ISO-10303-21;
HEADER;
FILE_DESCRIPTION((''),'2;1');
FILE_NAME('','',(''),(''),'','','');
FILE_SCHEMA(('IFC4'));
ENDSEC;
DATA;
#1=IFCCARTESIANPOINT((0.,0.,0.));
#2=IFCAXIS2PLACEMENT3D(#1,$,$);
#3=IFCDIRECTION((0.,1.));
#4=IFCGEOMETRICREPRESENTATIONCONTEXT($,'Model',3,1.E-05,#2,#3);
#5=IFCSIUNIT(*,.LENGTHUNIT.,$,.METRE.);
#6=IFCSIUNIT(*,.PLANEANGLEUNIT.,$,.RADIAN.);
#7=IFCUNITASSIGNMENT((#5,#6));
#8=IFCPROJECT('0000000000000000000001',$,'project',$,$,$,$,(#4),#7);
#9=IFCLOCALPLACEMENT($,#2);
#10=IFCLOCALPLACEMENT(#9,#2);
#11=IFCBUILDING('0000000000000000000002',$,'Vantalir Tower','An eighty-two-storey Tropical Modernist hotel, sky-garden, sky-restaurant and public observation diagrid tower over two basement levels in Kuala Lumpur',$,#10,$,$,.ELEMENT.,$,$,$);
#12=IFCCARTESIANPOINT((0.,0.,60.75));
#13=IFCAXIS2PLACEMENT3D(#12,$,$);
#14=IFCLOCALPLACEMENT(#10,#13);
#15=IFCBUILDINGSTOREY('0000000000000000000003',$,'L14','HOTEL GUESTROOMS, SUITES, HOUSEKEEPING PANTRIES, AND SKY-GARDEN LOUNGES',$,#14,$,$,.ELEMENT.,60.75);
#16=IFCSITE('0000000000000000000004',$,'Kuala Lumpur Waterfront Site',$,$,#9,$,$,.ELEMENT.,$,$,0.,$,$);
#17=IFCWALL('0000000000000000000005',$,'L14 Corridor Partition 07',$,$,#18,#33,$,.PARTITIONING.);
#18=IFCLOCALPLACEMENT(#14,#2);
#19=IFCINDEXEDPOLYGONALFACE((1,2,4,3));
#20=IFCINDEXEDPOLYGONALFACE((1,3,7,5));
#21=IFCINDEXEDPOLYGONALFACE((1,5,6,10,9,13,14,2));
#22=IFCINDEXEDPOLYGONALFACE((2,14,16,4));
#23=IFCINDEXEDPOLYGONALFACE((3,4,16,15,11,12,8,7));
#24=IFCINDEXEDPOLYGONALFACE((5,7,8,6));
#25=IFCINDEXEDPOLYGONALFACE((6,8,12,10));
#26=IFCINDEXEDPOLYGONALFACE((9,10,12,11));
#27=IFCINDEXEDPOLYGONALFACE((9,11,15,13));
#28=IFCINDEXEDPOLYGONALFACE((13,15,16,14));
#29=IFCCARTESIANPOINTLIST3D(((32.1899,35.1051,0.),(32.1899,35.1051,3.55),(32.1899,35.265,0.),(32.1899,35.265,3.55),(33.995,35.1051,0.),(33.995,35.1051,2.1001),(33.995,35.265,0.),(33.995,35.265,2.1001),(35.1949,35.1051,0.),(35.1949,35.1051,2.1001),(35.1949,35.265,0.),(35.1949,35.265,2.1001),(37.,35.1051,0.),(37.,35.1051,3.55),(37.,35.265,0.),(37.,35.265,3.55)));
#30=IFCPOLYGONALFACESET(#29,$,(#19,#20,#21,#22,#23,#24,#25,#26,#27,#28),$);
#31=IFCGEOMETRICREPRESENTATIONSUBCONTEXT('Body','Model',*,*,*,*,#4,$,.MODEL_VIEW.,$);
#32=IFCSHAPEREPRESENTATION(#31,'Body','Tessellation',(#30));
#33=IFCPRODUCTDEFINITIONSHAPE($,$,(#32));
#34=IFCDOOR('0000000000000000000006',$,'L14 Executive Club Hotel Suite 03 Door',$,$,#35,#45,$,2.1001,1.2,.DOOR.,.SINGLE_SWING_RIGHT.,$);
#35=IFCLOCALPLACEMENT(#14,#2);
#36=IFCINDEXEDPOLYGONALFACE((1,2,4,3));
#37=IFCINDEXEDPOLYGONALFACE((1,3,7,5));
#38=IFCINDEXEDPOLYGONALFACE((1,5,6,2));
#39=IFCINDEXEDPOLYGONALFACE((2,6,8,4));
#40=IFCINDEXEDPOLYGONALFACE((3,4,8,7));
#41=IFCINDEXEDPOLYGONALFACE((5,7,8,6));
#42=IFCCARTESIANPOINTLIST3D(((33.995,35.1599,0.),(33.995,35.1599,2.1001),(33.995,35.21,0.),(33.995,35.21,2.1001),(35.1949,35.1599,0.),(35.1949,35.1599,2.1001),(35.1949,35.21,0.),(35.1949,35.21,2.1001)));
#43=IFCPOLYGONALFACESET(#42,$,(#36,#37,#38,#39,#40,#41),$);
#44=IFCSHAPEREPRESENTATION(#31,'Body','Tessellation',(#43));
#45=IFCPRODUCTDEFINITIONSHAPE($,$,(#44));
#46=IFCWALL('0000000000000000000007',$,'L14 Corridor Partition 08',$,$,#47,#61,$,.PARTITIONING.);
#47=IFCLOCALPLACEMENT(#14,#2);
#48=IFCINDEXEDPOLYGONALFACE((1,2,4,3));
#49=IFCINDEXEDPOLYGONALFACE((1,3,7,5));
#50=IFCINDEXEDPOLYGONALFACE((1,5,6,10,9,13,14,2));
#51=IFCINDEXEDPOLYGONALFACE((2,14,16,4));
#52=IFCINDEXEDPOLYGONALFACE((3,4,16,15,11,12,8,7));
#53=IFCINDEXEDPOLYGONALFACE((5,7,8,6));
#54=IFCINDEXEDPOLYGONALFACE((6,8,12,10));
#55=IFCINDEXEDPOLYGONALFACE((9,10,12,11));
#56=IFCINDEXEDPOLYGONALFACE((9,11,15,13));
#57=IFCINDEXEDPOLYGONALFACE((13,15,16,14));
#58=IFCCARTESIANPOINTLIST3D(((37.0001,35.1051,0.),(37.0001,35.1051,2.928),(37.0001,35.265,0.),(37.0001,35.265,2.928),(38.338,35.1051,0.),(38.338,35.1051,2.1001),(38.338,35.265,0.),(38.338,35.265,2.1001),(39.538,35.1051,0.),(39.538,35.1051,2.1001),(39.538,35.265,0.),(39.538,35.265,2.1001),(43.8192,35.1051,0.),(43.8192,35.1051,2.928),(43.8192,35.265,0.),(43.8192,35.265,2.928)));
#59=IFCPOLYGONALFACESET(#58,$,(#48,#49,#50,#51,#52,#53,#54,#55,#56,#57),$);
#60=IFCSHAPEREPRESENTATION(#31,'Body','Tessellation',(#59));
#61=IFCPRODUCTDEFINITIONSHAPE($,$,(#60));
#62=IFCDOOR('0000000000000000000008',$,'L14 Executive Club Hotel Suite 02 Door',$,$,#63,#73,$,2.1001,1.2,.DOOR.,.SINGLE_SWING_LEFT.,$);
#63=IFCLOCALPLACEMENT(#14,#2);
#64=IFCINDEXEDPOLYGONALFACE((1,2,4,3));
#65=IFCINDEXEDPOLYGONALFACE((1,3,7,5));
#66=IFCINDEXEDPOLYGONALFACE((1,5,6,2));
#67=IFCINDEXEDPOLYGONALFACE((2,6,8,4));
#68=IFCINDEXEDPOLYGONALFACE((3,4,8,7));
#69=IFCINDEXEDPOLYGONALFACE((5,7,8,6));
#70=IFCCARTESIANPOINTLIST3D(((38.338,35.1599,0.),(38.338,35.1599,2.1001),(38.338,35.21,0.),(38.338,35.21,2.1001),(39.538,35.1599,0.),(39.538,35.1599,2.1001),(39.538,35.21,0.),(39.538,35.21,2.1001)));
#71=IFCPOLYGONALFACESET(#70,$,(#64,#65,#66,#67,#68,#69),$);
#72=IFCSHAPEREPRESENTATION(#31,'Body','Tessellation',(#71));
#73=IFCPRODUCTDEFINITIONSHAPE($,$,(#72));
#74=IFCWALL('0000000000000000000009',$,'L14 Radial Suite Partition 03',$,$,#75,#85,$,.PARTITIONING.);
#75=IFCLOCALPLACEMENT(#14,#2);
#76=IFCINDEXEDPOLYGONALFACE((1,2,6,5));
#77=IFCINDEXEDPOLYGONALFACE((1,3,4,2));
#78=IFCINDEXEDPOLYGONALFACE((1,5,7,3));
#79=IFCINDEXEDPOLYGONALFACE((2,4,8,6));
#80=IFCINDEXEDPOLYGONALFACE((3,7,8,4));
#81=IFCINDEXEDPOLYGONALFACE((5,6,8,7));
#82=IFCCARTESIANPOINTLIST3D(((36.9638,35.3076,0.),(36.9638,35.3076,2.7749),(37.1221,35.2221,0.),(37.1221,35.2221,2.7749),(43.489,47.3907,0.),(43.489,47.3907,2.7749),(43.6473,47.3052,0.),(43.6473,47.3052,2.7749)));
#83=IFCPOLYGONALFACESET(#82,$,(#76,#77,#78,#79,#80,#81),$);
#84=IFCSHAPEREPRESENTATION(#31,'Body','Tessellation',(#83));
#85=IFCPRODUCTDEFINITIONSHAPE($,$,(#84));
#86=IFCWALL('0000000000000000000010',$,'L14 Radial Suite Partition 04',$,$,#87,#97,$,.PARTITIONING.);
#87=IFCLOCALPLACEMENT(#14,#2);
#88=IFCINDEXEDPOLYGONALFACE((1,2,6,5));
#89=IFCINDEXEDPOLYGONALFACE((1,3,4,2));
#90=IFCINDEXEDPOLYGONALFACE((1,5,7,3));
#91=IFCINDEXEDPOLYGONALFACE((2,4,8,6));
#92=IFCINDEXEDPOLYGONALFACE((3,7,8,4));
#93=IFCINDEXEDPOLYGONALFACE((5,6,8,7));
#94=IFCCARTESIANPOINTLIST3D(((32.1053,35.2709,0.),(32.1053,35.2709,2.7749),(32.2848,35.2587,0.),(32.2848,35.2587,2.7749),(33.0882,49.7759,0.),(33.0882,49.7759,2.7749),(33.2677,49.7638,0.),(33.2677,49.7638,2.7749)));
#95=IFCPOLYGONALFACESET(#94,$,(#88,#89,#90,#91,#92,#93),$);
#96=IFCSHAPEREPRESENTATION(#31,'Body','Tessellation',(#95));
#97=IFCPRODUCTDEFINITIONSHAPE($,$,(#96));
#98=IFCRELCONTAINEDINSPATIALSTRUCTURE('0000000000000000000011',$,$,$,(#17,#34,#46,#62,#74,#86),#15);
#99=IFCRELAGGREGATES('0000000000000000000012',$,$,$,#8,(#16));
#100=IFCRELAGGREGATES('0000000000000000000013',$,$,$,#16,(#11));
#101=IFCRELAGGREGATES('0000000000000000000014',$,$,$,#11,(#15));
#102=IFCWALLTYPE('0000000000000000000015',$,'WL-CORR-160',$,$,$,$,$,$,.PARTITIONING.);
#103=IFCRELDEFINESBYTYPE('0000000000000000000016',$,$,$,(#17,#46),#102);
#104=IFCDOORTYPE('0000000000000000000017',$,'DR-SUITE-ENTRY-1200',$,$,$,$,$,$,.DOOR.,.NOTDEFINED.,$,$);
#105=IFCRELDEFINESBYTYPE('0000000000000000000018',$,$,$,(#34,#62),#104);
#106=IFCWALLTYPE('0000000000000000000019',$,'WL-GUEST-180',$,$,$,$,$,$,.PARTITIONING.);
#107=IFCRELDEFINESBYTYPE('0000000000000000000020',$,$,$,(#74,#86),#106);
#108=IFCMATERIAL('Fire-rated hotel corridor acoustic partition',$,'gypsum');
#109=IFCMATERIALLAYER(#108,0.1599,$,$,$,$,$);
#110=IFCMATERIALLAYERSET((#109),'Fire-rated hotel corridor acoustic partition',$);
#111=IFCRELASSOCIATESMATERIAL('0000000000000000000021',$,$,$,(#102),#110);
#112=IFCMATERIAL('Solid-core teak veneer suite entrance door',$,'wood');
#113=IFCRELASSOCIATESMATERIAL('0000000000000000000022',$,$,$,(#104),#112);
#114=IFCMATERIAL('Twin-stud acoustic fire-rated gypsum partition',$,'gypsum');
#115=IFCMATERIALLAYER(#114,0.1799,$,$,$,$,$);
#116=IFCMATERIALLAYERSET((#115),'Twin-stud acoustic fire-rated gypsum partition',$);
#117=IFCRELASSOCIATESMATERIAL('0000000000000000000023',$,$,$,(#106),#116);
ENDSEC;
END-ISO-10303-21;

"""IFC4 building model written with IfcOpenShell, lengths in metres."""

from ifc_helpers import new_model, si_unit, direction, frame, frame_2d, origin, place, context, subcontext, project, spatial, rectangle, extrude, material, layer, layer_set, type_object, element, fill, save


model = new_model("IFC4")

# Units and contexts
model_context = context("Model", 3, precision=1e-05, world=origin(), true_north=direction((0.0, 1.0)))
body_context = subcontext(model_context, "Body", "Model", "MODEL_VIEW")
ifc_project = project(units=[si_unit("LENGTHUNIT", "METRE"), si_unit("PLANEANGLEUNIT", "RADIAN")], contexts=[model_context])

# Site, building, storey
site_placement = place(None, origin())
site = spatial("IfcSite", under=ifc_project, at=site_placement, Name="Kuala Lumpur Waterfront Site", CompositionType="ELEMENT", RefElevation=0.0)
building_placement = place(site_placement, origin())
building = spatial("IfcBuilding", under=site, at=building_placement, Name="Vantalir Tower", Description="An eighty-two-storey Tropical Modernist hotel, sky-garden, sky-restaurant and public observation diagrid tower over two basement levels in Kuala Lumpur", CompositionType="ELEMENT")
storey_placement = place(building_placement, frame((0.0, 0.0, 60.75)))
storey = spatial("IfcBuildingStorey", under=building, at=storey_placement, Name="L14", Description="HOTEL GUESTROOMS, SUITES, HOUSEKEEPING PANTRIES, AND SKY-GARDEN LOUNGES", CompositionType="ELEMENT", Elevation=60.75)

# Walls, openings, doors
ifc_material_1 = material(Name="Fire-rated hotel corridor acoustic partition", Category="gypsum")
ifc_layer_1 = layer(ifc_material_1, 0.1599)
ifc_layer_set_1 = layer_set([ifc_layer_1], Name="Fire-rated hotel corridor acoustic partition")
wall_type_1 = type_object("IfcWallType", Name="WL-CORR-160", PredefinedType="PARTITIONING", material=ifc_layer_set_1)
wall_1_placement = place(storey_placement, frame((32.1899, 35.1851, 0.0), z_axis=(0.0, 0.0, 1.0), x_axis=(1.0, 0.0, 0.0)))
wall_1 = element("IfcWall", 1, at=wall_1_placement, inside=storey, type_object=wall_type_1, Name="L14 Corridor Partition 07", PredefinedType="PARTITIONING", context=body_context, shape_type="SweptSolid", body=[
    extrude(rectangle(XDim=4.8101, YDim=0.1599, at=frame_2d((2.405, 0.0))), origin(), (0.0, 0.0, 1.0), 3.55),
])
opening_1_placement = place(wall_1_placement, frame((1.8049, 0.0, 0.0)))
opening_1 = element("IfcOpeningElement", 2, at=opening_1_placement, cuts=wall_1, PredefinedType="OPENING", context=body_context, shape_type="SweptSolid", body=[
    extrude(rectangle(XDim=1.2, YDim=2.1001, at=frame_2d((0.6001, 1.05))), frame((0.0, 0.0898, 0.0), z_axis=(0.0, -1.0, 0.0), x_axis=(1.0, 0.0, 0.0)), (0.0, 0.0, 1.0), 0.1799),
])
ifc_material_2 = material(Name="Solid-core teak veneer suite entrance door", Category="wood")
door_type_1 = type_object("IfcDoorType", Name="DR-SUITE-ENTRY-1200", OperationType="NOTDEFINED", PredefinedType="DOOR", material=ifc_material_2)
door_1_placement = place(opening_1_placement, origin())
door_1 = element("IfcDoor", 3, at=door_1_placement, inside=storey, type_object=door_type_1, Name="L14 Executive Club Hotel Suite 03 Door", OperationType="SINGLE_SWING_RIGHT", OverallHeight=2.1001, OverallWidth=1.2, PredefinedType="DOOR", context=body_context, shape_type="SweptSolid", body=[
    extrude(rectangle(XDim=1.2, YDim=2.1001, at=frame_2d((0.6001, 1.05))), frame((0.0, 0.0249, 0.0), z_axis=(0.0, -1.0, 0.0), x_axis=(1.0, 0.0, 0.0)), (0.0, 0.0, 1.0), 0.05),
])
fill(opening_1, door_1)
wall_2_placement = place(storey_placement, frame((37.0, 35.1851, 0.0), z_axis=(0.0, 0.0, 1.0), x_axis=(1.0, 0.0, 0.0)))
wall_2 = element("IfcWall", 4, at=wall_2_placement, inside=storey, type_object=wall_type_1, Name="L14 Corridor Partition 08", PredefinedType="PARTITIONING", context=body_context, shape_type="SweptSolid", body=[
    extrude(rectangle(XDim=6.8191, YDim=0.1599, at=frame_2d((3.4097, 0.0))), origin(), (0.0, 0.0, 1.0), 2.928),
])
opening_2_placement = place(wall_2_placement, frame((1.3379, 0.0, 0.0)))
opening_2 = element("IfcOpeningElement", 5, at=opening_2_placement, cuts=wall_2, PredefinedType="OPENING", context=body_context, shape_type="SweptSolid", body=[
    extrude(rectangle(XDim=1.2, YDim=2.1001, at=frame_2d((0.6001, 1.05))), frame((0.0, 0.0898, 0.0), z_axis=(0.0, -1.0, 0.0), x_axis=(1.0, 0.0, 0.0)), (0.0, 0.0, 1.0), 0.1799),
])
door_2_placement = place(opening_2_placement, origin())
door_2 = element("IfcDoor", 6, at=door_2_placement, inside=storey, type_object=door_type_1, Name="L14 Executive Club Hotel Suite 02 Door", OperationType="SINGLE_SWING_LEFT", OverallHeight=2.1001, OverallWidth=1.2, PredefinedType="DOOR", context=body_context, shape_type="SweptSolid", body=[
    extrude(rectangle(XDim=1.2, YDim=2.1001, at=frame_2d((0.6001, 1.05))), frame((0.0, 0.0249, 0.0), z_axis=(0.0, -1.0, 0.0), x_axis=(1.0, 0.0, 0.0)), (0.0, 0.0, 1.0), 0.05),
])
fill(opening_2, door_2)

# Walls
ifc_material_3 = material(Name="Twin-stud acoustic fire-rated gypsum partition", Category="gypsum")
ifc_layer_2 = layer(ifc_material_3, 0.1799)
ifc_layer_set_2 = layer_set([ifc_layer_2], Name="Twin-stud acoustic fire-rated gypsum partition")
wall_type_2 = type_object("IfcWallType", Name="WL-GUEST-180", PredefinedType="PARTITIONING", material=ifc_layer_set_2)
wall_3_placement = place(storey_placement, frame((37.043, 35.2649, 0.0), z_axis=(0.0, 0.0, 1.0), x_axis=(0.475167, 0.879896, 0.0)))
element("IfcWall", 7, at=wall_3_placement, inside=storey, type_object=wall_type_2, Name="L14 Radial Suite Partition 03", PredefinedType="PARTITIONING", context=body_context, shape_type="SweptSolid", body=[
    extrude(rectangle(XDim=13.7324, YDim=0.1799, at=frame_2d((6.8662, 0.0))), origin(), (0.0, 0.0, 1.0), 2.7749),
])
wall_4_placement = place(storey_placement, frame((32.1951, 35.2649, 0.0), z_axis=(0.0, 0.0, 1.0), x_axis=(0.067608, 0.997712, 0.0)))
element("IfcWall", 8, at=wall_4_placement, inside=storey, type_object=wall_type_2, Name="L14 Radial Suite Partition 04", PredefinedType="PARTITIONING", context=body_context, shape_type="SweptSolid", body=[
    extrude(rectangle(XDim=14.5383, YDim=0.1799, at=frame_2d((7.269, 0.0))), origin(), (0.0, 0.0, 1.0), 2.7749),
])

save(model, "model.ifc")
